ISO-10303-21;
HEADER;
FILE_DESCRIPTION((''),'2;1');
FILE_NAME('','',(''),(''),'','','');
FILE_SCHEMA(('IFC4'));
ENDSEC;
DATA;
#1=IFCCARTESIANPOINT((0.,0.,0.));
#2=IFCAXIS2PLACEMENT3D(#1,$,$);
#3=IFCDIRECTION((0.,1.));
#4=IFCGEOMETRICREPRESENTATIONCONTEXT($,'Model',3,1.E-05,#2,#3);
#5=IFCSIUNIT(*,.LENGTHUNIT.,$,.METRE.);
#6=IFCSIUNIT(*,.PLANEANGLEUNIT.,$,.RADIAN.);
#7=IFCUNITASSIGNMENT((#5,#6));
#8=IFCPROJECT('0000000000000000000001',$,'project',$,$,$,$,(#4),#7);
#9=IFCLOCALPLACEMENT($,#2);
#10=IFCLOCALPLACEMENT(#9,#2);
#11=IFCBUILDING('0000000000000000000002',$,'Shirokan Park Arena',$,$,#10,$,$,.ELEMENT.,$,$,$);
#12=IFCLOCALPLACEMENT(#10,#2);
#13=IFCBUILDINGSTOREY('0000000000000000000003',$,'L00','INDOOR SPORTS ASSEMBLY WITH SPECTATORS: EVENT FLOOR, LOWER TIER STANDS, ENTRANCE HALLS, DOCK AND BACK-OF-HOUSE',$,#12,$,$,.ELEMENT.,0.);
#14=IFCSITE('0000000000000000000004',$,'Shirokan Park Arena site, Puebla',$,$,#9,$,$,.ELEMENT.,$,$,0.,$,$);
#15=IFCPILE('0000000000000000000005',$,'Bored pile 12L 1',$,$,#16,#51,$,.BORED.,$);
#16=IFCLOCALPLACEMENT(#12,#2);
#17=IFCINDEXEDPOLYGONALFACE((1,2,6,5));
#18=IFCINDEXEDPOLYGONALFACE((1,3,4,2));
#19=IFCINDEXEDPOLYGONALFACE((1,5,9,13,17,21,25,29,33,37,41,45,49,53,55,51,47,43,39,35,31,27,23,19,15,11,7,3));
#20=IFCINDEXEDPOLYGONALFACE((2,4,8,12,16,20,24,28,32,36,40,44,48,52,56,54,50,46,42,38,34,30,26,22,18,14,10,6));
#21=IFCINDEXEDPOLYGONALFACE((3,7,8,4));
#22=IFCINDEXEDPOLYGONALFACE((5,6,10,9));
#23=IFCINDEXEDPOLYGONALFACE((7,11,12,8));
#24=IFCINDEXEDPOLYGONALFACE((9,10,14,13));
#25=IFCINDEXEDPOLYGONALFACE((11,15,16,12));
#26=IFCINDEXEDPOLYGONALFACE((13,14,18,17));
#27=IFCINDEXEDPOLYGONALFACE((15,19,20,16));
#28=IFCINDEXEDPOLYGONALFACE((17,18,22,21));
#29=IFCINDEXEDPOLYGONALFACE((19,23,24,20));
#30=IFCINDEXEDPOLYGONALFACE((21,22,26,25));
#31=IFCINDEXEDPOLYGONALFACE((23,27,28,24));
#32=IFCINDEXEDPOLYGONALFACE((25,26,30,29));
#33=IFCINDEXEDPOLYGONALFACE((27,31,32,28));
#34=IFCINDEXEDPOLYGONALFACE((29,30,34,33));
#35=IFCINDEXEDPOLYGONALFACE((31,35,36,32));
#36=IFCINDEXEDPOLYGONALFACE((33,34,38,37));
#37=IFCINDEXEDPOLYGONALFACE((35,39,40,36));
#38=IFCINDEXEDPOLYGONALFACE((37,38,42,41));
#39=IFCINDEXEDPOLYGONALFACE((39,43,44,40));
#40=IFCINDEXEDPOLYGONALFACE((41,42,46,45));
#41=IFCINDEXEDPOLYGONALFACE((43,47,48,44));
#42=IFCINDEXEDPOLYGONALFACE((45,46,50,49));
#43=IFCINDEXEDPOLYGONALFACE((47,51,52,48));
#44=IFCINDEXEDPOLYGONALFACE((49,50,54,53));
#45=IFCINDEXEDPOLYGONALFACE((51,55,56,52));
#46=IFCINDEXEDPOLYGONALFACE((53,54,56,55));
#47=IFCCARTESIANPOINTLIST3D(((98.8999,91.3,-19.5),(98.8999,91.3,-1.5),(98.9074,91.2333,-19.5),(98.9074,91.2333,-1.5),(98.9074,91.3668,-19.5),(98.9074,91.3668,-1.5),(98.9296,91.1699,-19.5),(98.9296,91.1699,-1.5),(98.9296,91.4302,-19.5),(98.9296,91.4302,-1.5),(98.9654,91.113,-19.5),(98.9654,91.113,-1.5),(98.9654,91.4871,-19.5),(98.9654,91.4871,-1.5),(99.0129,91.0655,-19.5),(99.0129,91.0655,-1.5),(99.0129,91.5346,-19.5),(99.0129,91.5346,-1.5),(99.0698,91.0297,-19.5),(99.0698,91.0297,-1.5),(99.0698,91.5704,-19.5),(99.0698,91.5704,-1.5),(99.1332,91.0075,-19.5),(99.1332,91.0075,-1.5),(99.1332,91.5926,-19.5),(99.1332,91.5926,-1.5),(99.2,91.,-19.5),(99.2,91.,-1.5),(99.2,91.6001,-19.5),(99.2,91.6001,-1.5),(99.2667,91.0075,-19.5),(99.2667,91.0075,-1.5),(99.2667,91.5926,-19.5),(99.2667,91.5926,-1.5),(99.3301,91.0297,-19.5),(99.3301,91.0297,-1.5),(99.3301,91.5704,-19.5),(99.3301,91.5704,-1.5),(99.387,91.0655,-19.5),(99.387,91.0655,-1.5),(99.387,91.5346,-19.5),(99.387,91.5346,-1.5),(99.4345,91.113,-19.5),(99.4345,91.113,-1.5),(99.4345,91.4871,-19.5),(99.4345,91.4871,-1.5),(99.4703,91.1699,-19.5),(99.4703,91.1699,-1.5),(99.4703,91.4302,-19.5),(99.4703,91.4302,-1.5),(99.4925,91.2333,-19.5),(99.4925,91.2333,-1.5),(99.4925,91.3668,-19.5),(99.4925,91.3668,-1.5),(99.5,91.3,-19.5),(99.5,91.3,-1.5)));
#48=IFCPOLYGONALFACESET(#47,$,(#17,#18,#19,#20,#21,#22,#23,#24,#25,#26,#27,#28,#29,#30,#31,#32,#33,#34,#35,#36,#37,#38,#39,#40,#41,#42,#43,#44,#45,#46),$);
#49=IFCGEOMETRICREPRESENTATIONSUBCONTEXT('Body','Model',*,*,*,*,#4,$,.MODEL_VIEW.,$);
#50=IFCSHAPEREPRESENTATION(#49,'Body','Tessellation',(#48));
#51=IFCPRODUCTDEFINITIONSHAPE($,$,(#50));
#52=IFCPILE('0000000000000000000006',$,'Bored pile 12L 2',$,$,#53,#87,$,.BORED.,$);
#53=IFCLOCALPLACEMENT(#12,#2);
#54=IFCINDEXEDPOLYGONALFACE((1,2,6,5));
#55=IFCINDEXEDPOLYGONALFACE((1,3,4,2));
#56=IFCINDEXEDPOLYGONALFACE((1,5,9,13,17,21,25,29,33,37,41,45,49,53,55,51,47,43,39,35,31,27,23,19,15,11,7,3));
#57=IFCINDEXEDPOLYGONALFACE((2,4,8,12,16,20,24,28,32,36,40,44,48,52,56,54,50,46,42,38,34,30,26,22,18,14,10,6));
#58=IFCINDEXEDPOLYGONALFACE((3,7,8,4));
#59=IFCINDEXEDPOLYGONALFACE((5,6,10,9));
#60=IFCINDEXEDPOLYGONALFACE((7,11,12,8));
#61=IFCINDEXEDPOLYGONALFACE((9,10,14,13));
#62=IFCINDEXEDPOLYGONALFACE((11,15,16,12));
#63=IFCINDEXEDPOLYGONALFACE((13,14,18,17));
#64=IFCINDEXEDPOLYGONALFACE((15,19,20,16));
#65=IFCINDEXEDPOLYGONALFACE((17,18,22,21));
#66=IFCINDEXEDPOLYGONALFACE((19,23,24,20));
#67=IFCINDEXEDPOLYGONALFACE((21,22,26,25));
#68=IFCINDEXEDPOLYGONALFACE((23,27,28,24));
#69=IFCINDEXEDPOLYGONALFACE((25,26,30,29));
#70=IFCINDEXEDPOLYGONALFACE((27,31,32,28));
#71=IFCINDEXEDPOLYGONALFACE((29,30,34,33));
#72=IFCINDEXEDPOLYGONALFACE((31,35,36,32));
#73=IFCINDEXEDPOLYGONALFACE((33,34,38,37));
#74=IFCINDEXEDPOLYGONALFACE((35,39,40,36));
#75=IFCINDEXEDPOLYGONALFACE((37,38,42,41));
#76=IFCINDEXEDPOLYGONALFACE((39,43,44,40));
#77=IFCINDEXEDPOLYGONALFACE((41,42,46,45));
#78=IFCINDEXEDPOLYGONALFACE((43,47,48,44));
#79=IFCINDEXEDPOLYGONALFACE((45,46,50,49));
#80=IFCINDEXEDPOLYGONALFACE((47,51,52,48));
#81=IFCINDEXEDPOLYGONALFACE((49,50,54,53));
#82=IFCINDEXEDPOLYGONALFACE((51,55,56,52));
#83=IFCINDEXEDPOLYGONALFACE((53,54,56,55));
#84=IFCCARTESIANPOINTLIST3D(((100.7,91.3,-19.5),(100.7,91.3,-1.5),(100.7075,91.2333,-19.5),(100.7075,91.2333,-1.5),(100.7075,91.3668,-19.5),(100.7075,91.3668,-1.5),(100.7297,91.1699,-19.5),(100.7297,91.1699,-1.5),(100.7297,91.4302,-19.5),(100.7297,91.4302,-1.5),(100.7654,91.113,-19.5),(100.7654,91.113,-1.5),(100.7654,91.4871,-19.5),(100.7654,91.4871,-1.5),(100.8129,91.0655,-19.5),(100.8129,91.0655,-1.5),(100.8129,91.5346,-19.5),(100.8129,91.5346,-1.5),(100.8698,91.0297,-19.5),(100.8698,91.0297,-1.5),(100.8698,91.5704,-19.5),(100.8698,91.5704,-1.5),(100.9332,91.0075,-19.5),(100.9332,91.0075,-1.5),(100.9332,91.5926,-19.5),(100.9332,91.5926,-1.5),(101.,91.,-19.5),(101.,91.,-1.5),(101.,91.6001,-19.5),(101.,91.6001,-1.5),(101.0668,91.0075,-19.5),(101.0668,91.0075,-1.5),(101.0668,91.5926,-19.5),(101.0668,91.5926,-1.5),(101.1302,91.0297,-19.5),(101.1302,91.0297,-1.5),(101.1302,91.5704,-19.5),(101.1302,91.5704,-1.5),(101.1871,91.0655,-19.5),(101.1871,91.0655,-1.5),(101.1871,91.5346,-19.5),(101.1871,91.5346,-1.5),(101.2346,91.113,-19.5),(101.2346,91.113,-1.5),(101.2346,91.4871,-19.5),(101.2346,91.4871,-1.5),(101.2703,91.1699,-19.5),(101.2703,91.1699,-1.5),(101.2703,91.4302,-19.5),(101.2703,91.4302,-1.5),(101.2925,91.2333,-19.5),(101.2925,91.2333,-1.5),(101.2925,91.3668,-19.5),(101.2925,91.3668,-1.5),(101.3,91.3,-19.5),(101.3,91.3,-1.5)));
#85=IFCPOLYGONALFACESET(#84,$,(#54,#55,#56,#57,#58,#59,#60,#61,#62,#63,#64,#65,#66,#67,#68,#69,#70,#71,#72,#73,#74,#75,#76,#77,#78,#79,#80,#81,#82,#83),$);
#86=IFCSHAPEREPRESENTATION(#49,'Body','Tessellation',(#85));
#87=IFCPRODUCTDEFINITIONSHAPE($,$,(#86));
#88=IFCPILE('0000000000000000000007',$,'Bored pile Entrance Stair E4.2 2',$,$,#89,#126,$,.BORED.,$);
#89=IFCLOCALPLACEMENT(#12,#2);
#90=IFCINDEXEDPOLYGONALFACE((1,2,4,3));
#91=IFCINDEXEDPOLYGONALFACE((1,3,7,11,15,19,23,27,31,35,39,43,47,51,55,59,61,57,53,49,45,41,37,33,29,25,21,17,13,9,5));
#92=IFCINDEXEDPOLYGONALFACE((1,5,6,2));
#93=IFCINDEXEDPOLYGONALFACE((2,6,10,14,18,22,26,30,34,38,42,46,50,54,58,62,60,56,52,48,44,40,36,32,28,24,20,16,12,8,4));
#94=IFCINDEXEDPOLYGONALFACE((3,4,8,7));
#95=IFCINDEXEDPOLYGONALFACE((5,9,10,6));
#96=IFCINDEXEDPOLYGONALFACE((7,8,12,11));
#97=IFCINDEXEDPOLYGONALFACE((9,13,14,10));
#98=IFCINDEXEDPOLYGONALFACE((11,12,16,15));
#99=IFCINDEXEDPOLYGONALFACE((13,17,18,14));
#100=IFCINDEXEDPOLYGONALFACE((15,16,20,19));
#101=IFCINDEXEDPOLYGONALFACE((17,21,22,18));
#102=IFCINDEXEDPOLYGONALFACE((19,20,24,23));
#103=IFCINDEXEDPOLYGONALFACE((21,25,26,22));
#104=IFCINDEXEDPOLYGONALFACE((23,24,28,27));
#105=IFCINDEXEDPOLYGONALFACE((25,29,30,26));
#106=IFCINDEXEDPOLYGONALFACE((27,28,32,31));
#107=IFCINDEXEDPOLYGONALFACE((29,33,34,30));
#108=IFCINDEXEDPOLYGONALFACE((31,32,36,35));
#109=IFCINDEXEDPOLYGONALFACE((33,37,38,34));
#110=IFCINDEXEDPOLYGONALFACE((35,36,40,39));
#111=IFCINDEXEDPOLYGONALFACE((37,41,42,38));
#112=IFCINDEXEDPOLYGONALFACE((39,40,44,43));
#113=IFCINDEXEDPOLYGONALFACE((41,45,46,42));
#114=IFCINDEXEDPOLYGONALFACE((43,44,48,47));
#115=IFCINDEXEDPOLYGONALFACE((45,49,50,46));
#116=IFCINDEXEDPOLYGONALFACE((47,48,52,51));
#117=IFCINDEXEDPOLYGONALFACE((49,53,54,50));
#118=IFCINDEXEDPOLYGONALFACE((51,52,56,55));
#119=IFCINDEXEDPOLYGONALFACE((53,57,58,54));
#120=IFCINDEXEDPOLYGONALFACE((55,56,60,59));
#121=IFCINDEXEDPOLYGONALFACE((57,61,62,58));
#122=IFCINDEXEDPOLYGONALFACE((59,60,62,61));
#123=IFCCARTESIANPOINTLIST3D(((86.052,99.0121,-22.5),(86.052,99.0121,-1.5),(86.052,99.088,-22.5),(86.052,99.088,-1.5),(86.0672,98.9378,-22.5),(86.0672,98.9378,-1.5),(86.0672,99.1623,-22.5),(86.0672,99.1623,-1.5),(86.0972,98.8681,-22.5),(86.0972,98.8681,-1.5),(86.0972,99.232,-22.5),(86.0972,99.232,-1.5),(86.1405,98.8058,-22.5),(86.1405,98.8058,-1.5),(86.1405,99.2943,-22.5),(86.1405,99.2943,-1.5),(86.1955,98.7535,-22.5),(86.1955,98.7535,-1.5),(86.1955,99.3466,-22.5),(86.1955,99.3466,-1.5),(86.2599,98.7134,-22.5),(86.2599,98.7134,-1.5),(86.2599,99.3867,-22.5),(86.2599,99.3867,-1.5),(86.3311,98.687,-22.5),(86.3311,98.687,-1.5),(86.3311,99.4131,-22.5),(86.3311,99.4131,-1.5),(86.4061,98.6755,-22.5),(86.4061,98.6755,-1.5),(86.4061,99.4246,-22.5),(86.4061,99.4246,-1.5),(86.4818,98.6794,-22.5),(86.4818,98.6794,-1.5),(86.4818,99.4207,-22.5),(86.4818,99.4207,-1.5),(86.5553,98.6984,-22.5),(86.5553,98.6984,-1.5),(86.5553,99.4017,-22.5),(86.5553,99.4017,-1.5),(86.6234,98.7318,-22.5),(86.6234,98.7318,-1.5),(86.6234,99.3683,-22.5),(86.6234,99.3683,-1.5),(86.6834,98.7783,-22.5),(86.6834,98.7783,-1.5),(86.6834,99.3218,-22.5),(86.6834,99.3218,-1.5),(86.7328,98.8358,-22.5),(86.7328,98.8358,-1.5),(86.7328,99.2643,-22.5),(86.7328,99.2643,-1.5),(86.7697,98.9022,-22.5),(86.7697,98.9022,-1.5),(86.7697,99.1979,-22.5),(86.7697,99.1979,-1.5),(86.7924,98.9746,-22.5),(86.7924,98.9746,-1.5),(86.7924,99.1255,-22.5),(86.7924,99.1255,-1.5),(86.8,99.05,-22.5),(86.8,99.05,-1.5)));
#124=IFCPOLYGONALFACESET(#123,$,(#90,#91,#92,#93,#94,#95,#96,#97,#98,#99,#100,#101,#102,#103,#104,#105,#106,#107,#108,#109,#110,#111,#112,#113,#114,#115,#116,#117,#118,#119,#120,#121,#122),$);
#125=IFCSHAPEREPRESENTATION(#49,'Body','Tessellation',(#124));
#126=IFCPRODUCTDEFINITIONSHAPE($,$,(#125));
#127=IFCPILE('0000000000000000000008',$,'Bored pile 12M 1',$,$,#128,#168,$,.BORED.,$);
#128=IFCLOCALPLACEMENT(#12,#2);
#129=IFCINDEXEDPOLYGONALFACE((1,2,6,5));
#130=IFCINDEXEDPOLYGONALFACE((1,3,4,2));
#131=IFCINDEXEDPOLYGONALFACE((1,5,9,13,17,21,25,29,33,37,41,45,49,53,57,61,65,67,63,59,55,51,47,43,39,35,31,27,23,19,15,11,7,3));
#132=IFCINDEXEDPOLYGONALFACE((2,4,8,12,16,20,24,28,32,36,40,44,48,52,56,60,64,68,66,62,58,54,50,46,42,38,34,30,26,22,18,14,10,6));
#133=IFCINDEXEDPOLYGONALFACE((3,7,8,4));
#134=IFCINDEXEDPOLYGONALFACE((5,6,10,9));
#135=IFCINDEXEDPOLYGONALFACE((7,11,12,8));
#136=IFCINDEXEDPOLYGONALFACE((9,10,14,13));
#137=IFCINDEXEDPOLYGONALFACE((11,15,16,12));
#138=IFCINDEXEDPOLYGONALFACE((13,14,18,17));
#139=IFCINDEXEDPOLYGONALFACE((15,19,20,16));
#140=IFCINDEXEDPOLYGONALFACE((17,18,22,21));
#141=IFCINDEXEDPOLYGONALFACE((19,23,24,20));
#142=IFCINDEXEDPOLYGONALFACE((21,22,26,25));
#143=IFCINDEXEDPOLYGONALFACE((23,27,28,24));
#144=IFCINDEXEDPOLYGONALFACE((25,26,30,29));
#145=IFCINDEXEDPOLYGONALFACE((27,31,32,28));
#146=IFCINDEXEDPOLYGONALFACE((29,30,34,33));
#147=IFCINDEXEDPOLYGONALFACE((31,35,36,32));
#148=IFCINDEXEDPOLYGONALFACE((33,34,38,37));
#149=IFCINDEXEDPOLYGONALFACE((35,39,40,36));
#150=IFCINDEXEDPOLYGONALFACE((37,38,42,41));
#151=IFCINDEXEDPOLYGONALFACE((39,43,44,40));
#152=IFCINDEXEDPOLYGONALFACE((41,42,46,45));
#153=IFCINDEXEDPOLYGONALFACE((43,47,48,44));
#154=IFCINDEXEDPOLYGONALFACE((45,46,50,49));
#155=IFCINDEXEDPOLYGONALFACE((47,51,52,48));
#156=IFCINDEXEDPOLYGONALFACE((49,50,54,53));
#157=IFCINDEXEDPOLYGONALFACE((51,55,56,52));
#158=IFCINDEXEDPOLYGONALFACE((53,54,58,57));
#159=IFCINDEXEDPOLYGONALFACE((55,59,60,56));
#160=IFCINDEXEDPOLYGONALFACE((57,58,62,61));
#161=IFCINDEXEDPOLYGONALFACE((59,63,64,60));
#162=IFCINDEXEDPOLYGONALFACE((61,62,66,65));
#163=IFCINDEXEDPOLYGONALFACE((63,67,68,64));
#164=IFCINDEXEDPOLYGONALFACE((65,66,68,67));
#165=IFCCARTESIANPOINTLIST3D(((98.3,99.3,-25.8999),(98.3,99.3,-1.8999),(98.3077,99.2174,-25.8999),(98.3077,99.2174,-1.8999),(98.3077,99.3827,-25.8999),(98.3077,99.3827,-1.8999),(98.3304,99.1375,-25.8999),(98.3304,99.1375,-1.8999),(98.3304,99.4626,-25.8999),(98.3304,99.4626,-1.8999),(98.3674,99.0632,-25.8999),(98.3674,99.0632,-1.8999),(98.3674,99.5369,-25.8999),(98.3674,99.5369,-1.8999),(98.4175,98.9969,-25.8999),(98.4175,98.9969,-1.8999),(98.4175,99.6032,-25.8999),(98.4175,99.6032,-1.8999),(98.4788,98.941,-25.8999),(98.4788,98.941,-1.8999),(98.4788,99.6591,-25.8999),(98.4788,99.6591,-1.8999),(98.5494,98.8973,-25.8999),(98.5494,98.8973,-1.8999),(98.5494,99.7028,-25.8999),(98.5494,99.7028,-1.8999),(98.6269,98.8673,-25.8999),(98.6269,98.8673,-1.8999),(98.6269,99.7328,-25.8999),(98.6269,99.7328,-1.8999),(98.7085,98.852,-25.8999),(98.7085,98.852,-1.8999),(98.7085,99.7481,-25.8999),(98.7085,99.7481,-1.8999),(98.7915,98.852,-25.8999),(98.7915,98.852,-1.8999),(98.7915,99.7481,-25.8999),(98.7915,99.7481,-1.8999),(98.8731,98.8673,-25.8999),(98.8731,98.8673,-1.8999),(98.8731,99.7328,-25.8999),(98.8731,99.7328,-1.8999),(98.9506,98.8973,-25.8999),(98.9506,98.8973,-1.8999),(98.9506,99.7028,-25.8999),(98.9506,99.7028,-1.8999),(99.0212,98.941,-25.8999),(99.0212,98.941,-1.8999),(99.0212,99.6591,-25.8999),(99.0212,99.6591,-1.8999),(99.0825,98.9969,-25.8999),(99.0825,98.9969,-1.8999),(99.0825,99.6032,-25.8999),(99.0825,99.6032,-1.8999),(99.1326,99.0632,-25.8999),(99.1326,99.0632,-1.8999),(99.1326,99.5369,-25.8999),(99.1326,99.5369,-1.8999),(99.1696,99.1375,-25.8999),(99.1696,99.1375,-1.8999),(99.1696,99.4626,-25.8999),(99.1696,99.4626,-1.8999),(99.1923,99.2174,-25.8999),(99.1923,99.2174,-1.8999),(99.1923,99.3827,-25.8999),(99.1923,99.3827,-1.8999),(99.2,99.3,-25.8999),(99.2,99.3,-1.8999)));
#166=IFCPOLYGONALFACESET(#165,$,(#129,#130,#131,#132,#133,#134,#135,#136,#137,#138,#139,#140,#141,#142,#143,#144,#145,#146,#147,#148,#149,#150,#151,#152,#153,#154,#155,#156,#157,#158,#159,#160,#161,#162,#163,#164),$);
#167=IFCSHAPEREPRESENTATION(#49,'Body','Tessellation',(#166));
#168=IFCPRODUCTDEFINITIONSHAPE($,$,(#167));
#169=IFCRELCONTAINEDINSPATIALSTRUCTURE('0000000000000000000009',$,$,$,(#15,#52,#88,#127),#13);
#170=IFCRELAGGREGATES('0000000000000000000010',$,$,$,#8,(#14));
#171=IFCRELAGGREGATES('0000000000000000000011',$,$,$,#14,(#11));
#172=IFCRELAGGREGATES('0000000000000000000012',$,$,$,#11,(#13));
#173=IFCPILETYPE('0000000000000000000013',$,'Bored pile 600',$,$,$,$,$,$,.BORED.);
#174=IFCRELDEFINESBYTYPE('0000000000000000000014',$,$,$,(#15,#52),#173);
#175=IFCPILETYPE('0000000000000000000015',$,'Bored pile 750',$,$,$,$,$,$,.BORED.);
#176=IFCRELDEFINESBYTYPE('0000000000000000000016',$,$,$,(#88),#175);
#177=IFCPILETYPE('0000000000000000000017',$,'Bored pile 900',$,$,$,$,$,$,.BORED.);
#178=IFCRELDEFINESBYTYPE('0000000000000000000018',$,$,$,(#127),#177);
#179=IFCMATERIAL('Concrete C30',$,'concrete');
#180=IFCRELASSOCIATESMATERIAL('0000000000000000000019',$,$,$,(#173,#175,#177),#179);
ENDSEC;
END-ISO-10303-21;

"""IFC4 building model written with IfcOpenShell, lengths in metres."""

from ifc_helpers import new_model, si_unit, direction, frame, origin, origin_2d, place, context, subcontext, project, spatial, circle, extrude, material, material_profile, profile_set, type_object, element, save


model = new_model("IFC4")

# Units and contexts
model_context = context("Model", 3, precision=1e-05, world=origin(), true_north=direction((0.0, 1.0)))
body_context = subcontext(model_context, "Body", "Model", "MODEL_VIEW")
ifc_project = project(units=[si_unit("LENGTHUNIT", "METRE"), si_unit("PLANEANGLEUNIT", "RADIAN")], contexts=[model_context])

# Site, building, storey
site_placement = place(None, origin())
site = spatial("IfcSite", under=ifc_project, at=site_placement, Name="Shirokan Park Arena site, Puebla", CompositionType="ELEMENT", RefElevation=0.0)
building_placement = place(site_placement, origin())
building = spatial("IfcBuilding", under=site, at=building_placement, Name="Shirokan Park Arena", CompositionType="ELEMENT")
storey_placement = place(building_placement, origin())
storey = spatial("IfcBuildingStorey", under=building, at=storey_placement, Name="L00", Description="INDOOR SPORTS ASSEMBLY WITH SPECTATORS: EVENT FLOOR, LOWER TIER STANDS, ENTRANCE HALLS, DOCK AND BACK-OF-HOUSE", CompositionType="ELEMENT", Elevation=0.0)

# Piles
ifc_material_1 = material(Name="Concrete C30", Category="concrete")
ifc_material_profile_1 = material_profile(ifc_material_1, circle(Radius=0.3, at=origin_2d()), Name="D600")
ifc_profile_set_1 = profile_set([ifc_material_profile_1], Name="Concrete C30")
pile_type_1 = type_object("IfcPileType", Name="Bored pile 600", PredefinedType="BORED", material=ifc_profile_set_1)
for number, where, z_axis, x_axis, name in (
    (1, (99.2, 91.3, -1.5), (0.0, 0.0, -1.0), (1.0, 0.0, 0.0), "Bored pile 12L 1"),
    (2, (101.0, 91.3, -1.5), (0.0, 0.0, -1.0), (1.0, 0.0, 0.0), "Bored pile 12L 2"),
):
    element("IfcPile", number, at=place(storey_placement, frame(where, z_axis=z_axis, x_axis=x_axis)), inside=storey, type_object=pile_type_1, Name=name, PredefinedType="BORED", context=body_context, shape_type="SweptSolid", body=[
        extrude(circle(Radius=0.3, at=origin_2d()), origin(), (0.0, 0.0, 1.0), 18.0),
    ])
ifc_material_profile_2 = material_profile(ifc_material_1, circle(Radius=0.375, at=origin_2d()), Name="D750")
ifc_profile_set_2 = profile_set([ifc_material_profile_2], Name="Concrete C30")
pile_type_2 = type_object("IfcPileType", Name="Bored pile 750", PredefinedType="BORED", material=ifc_profile_set_2)
pile_placement = place(storey_placement, frame((86.425, 99.05, -1.5), z_axis=(0.0, 0.0, -1.0), x_axis=(1.0, 0.0, 0.0)))
element("IfcPile", 3, at=pile_placement, inside=storey, type_object=pile_type_2, Name="Bored pile Entrance Stair E4.2 2", PredefinedType="BORED", context=body_context, shape_type="SweptSolid", body=[
    extrude(circle(Radius=0.375, at=origin_2d()), origin(), (0.0, 0.0, 1.0), 21.0),
])
ifc_material_profile_3 = material_profile(ifc_material_1, circle(Radius=0.45, at=origin_2d()), Name="D900")
ifc_profile_set_3 = profile_set([ifc_material_profile_3], Name="Concrete C30")
pile_type_3 = type_object("IfcPileType", Name="Bored pile 900", PredefinedType="BORED", material=ifc_profile_set_3)
for number, where, z_axis, x_axis, name in (
    (4, (98.75, 99.3, -1.8999), (0.0, 0.0, -1.0), (1.0, 0.0, 0.0), "Bored pile 12M 1"),
):
    element("IfcPile", number, at=place(storey_placement, frame(where, z_axis=z_axis, x_axis=x_axis)), inside=storey, type_object=pile_type_3, Name=name, PredefinedType="BORED", context=body_context, shape_type="SweptSolid", body=[
        extrude(circle(Radius=0.45, at=origin_2d()), origin(), (0.0, 0.0, 1.0), 24.0),
    ])

save(model, "model.ifc")
